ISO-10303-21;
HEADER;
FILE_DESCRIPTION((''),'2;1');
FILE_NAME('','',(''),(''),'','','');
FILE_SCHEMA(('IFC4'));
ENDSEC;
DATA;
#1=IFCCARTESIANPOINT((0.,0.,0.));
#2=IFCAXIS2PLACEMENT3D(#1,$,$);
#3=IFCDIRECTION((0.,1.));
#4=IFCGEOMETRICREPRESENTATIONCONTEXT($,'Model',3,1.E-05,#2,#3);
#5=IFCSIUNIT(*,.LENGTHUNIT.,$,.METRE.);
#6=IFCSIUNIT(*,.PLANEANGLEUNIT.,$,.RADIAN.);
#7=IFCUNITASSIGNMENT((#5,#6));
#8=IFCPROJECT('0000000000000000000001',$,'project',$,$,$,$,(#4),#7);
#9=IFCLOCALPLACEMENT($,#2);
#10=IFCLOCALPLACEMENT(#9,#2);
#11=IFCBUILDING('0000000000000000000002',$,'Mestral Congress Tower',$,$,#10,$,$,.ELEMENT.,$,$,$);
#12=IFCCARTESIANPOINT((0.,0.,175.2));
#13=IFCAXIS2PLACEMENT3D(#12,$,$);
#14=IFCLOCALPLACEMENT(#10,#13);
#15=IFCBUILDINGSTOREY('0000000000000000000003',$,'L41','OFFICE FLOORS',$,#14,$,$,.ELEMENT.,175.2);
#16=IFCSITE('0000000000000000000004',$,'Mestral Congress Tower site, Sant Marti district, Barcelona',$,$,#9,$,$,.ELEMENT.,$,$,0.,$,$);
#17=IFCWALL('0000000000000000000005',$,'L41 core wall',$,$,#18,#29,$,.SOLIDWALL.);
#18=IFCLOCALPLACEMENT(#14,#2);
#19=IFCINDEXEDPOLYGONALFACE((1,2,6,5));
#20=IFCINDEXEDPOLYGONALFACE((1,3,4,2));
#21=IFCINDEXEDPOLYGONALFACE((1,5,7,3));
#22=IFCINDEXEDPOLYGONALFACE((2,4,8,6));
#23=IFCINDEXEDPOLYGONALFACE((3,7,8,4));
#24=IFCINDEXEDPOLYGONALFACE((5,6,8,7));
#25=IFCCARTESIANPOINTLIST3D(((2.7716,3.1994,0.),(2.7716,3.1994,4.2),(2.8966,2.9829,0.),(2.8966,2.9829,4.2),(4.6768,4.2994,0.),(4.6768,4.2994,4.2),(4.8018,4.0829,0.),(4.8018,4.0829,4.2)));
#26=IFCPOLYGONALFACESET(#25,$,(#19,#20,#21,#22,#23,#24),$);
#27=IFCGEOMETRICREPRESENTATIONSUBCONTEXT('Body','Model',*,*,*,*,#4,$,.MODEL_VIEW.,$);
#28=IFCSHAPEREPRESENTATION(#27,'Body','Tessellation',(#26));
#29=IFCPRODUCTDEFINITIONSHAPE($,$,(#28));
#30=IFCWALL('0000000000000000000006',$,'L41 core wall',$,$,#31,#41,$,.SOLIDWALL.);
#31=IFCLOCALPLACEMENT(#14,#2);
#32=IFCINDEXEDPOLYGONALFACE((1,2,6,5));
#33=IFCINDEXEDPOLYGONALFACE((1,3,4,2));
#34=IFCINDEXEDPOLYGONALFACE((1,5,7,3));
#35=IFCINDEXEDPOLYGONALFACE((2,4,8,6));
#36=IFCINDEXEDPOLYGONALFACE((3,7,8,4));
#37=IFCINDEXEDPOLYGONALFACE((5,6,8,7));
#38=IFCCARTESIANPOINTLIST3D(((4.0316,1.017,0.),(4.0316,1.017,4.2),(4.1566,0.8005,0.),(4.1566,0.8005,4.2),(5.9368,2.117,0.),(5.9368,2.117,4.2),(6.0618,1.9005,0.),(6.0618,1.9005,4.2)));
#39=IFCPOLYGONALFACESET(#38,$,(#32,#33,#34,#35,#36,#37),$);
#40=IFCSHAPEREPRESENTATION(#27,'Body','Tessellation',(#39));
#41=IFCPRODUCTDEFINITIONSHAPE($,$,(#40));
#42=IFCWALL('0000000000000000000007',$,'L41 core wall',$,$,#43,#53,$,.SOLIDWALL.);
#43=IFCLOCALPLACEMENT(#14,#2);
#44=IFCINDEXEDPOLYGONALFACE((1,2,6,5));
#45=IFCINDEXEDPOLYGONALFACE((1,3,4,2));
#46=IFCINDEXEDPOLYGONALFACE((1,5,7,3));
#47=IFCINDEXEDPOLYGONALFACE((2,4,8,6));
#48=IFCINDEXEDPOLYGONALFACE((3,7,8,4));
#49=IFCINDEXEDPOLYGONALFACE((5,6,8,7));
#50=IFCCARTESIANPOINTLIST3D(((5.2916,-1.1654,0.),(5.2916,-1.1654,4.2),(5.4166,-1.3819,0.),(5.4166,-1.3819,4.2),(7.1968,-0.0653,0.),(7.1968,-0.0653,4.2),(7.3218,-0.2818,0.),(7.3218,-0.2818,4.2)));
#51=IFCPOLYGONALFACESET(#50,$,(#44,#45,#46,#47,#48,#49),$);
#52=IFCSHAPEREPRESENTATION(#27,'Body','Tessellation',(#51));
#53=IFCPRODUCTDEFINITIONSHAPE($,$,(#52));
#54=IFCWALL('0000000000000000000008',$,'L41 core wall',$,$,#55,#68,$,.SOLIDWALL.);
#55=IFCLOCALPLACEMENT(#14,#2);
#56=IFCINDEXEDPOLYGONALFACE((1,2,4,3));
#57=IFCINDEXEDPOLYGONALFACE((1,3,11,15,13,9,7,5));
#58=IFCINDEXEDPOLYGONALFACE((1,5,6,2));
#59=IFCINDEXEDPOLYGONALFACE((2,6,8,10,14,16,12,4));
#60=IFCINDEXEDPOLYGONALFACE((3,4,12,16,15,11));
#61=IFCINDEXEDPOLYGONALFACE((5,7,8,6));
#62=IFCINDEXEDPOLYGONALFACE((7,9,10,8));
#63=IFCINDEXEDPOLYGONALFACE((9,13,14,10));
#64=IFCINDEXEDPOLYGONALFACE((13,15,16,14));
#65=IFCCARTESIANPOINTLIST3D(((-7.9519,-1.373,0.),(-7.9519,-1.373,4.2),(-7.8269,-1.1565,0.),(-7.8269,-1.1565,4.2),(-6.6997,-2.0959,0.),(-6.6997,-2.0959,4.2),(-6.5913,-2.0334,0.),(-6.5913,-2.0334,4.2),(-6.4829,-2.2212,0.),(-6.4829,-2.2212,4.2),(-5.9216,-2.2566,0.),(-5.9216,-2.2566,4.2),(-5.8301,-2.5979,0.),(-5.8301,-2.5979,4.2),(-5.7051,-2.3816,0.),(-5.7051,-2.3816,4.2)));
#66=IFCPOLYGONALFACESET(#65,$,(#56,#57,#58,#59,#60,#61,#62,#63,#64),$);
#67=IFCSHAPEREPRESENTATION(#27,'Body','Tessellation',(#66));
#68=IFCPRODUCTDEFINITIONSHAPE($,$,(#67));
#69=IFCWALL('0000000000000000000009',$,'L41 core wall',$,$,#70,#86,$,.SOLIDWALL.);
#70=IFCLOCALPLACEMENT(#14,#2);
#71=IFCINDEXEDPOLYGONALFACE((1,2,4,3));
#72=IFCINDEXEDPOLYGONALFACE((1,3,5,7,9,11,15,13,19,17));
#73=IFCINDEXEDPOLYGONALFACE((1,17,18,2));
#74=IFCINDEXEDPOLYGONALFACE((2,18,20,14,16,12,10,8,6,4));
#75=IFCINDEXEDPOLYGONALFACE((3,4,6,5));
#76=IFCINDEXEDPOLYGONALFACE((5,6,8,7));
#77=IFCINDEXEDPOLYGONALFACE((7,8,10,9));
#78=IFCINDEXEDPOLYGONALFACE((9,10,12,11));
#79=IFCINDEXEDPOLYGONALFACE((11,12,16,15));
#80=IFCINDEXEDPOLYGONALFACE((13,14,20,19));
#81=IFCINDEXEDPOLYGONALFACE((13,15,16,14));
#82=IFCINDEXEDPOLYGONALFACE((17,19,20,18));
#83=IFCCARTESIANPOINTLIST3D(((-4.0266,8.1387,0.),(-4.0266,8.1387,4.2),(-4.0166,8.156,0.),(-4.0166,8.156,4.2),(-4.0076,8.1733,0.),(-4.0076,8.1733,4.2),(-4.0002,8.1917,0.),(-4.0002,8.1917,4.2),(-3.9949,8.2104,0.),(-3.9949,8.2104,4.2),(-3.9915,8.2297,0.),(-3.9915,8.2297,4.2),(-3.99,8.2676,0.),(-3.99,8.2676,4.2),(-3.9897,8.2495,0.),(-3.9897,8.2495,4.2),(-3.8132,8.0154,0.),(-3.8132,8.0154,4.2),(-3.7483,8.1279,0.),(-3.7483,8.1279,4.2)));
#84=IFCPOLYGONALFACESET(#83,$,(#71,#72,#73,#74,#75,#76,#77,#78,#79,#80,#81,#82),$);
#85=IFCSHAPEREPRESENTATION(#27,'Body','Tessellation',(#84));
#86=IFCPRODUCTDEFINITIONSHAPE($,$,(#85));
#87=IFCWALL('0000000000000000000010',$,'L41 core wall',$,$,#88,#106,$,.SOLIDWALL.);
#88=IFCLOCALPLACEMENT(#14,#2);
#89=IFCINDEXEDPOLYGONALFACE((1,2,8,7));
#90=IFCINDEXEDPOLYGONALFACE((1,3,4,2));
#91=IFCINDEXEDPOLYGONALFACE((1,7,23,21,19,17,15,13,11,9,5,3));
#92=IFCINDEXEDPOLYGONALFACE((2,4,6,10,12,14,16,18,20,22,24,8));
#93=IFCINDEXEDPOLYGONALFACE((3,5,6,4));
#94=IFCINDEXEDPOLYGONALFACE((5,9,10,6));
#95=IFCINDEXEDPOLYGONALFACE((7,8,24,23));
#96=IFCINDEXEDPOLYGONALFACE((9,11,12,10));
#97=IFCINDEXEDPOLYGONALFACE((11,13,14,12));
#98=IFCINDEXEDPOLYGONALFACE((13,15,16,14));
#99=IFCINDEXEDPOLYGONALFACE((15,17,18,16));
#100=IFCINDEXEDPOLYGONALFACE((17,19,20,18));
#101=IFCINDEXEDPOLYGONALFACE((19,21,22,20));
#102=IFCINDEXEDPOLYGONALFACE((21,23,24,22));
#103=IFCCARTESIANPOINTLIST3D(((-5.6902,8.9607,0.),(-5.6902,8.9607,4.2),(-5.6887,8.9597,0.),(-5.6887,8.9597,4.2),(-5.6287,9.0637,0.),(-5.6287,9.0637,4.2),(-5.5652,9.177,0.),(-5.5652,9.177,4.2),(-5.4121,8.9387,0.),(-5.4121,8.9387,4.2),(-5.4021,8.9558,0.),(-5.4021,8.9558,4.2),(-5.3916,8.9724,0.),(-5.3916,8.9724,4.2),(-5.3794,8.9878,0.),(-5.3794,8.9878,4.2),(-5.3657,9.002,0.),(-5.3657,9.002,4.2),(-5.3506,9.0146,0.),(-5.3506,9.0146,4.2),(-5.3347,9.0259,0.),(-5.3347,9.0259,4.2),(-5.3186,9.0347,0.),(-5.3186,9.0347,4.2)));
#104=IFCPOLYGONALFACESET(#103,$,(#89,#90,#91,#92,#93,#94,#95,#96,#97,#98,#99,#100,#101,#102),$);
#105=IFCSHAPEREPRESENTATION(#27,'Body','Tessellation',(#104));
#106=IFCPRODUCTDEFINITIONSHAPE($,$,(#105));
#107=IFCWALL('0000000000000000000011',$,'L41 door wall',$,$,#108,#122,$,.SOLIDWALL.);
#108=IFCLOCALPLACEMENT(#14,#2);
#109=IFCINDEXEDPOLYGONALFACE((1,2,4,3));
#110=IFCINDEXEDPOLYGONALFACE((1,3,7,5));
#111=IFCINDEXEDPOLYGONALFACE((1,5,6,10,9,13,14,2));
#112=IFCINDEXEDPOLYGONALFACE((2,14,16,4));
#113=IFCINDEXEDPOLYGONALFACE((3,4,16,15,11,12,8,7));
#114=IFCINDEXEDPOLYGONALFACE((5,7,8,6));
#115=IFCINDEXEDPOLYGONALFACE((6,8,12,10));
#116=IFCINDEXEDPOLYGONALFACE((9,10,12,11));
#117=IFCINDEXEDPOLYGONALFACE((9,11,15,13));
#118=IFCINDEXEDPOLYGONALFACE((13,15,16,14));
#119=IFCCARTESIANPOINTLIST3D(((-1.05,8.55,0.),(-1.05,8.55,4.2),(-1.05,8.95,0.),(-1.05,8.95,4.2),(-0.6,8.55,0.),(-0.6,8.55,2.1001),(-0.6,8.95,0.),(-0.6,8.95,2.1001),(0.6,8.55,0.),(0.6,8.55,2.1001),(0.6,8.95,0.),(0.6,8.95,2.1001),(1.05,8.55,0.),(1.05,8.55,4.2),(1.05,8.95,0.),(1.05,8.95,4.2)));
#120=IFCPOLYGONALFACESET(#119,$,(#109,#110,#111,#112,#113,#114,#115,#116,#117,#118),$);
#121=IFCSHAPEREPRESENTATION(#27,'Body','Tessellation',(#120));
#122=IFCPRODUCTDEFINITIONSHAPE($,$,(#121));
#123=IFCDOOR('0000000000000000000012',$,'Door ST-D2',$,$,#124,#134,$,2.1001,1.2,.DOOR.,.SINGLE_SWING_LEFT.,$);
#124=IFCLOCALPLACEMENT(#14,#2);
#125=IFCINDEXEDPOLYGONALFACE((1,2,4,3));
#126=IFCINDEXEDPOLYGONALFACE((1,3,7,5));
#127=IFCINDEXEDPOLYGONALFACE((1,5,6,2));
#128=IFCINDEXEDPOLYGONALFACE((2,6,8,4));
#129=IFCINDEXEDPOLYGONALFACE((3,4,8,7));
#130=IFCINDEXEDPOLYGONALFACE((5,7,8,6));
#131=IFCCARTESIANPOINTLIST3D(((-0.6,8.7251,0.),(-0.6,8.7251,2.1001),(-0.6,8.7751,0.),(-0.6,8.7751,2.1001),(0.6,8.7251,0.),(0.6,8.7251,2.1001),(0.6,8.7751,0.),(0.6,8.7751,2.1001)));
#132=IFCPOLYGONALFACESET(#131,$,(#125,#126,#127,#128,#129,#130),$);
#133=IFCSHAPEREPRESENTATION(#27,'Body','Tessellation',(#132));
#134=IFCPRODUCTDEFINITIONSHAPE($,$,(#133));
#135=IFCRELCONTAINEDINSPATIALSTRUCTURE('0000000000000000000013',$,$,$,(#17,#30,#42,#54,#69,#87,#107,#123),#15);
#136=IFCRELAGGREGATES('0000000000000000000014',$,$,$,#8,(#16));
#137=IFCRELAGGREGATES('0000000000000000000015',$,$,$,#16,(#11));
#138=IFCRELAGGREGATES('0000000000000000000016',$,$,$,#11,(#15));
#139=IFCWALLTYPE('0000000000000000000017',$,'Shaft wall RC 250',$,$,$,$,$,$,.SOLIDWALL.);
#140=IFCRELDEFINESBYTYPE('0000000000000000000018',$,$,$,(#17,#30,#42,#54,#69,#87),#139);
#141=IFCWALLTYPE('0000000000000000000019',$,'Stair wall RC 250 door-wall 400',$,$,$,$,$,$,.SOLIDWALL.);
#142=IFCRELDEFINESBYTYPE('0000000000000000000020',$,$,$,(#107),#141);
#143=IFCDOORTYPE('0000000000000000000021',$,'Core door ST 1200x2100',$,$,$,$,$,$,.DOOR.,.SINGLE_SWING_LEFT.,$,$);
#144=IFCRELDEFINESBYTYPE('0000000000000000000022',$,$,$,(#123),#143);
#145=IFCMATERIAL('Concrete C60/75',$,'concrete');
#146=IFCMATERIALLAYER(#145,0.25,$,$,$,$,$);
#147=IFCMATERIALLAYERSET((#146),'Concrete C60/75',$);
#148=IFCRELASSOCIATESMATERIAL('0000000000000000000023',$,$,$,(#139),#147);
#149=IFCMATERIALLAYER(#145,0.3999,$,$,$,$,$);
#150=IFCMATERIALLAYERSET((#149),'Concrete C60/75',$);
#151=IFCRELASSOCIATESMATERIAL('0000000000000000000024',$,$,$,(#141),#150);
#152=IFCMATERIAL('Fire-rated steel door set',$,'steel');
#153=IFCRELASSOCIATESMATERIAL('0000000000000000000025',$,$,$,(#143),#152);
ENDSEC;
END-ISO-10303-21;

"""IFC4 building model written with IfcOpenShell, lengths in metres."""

from ifc_helpers import new_model, si_unit, direction, frame, frame_2d, origin, place, context, subcontext, project, spatial, polyline, rectangle, outline, extrude, material, layer, layer_set, type_object, element, fill, save


model = new_model("IFC4")

# Units and contexts
model_context = context("Model", 3, precision=1e-05, world=origin(), true_north=direction((0.0, 1.0)))
body_context = subcontext(model_context, "Body", "Model", "MODEL_VIEW")
ifc_project = project(units=[si_unit("LENGTHUNIT", "METRE"), si_unit("PLANEANGLEUNIT", "RADIAN")], contexts=[model_context])

# Site, building, storey
site_placement = place(None, origin())
site = spatial("IfcSite", under=ifc_project, at=site_placement, Name="Mestral Congress Tower site, Sant Marti district, Barcelona", CompositionType="ELEMENT", RefElevation=0.0)
building_placement = place(site_placement, origin())
building = spatial("IfcBuilding", under=site, at=building_placement, Name="Mestral Congress Tower", CompositionType="ELEMENT")
storey_placement = place(building_placement, frame((0.0, 0.0, 175.2)))
storey = spatial("IfcBuildingStorey", under=building, at=storey_placement, Name="L41", Description="OFFICE FLOORS", CompositionType="ELEMENT", Elevation=175.2)

# Shared definitions
ifc_material_1 = material(Name="Fire-rated steel door set", Category="steel")

# Walls
ifc_material_2 = material(Name="Concrete C60/75", Category="concrete")
placement = place(storey_placement, origin())
ifc_layer_1 = layer(ifc_material_2, 0.25)
ifc_layer_set_1 = layer_set([ifc_layer_1], Name="Concrete C60/75")
wall_type_1 = type_object("IfcWallType", Name="Shaft wall RC 250", PredefinedType="SOLIDWALL", material=ifc_layer_set_1)
for number, where, z_axis, x_axis, name in (
    (1, (2.834, 3.0911, 0.0), (0.0, 0.0, 1.0), (0.866008, 0.50003, 0.0), "L41 core wall"),
    (2, (4.094, 0.9087, 0.0), (0.0, 0.0, 1.0), (0.866008, 0.50003, 0.0), "L41 core wall"),
    (3, (5.354, -1.2737, 0.0), (0.0, 0.0, 1.0), (0.866008, 0.50003, 0.0), "L41 core wall"),
):
    element("IfcWall", number, at=place(storey_placement, frame(where, z_axis=z_axis, x_axis=x_axis)), inside=storey, type_object=wall_type_1, Name=name, PredefinedType="SOLIDWALL", context=body_context, shape_type="SweptSolid", body=[
        extrude(rectangle(XDim=2.2, YDim=0.25, at=frame_2d((1.1001, 0.0))), origin(), (0.0, 0.0, 1.0), 4.2),
    ])
element("IfcWall", 4, at=placement, inside=storey, type_object=wall_type_1, Name="L41 core wall", PredefinedType="SOLIDWALL", context=body_context, shape_type="SweptSolid", body=[
    extrude(outline(polyline([(-5.9216, -2.2566), (-5.9216, -2.2566), (-5.7051, -2.3816), (-5.8301, -2.5979), (-6.4829, -2.2212), (-6.5913, -2.0334), (-6.5913, -2.0334), (-6.6997, -2.0959), (-7.9519, -1.373), (-7.8269, -1.1565), (-5.9216, -2.2566)])), origin(), (0.0, 0.0, 1.0), 4.2),
])
element("IfcWall", 5, at=placement, inside=storey, type_object=wall_type_1, Name="L41 core wall", PredefinedType="SOLIDWALL", context=body_context, shape_type="SweptSolid", body=[
    extrude(outline(polyline([(-3.7483, 8.1279), (-3.8132, 8.0154), (-4.0266, 8.1387), (-4.0166, 8.156), (-4.0076, 8.1733), (-4.0002, 8.1917), (-3.9949, 8.2104), (-3.9915, 8.2297), (-3.9897, 8.2495), (-3.99, 8.2676), (-3.7483, 8.1279)])), origin(), (0.0, 0.0, 1.0), 4.2),
])
element("IfcWall", 6, at=placement, inside=storey, type_object=wall_type_1, Name="L41 core wall", PredefinedType="SOLIDWALL", context=body_context, shape_type="SweptSolid", body=[
    extrude(outline(polyline([(-5.6887, 8.9597), (-5.6902, 8.9607), (-5.5652, 9.177), (-5.3186, 9.0347), (-5.3347, 9.0259), (-5.3506, 9.0146), (-5.3657, 9.002), (-5.3794, 8.9878), (-5.3916, 8.9724), (-5.4021, 8.9558), (-5.4121, 8.9387), (-5.6287, 9.0637), (-5.6287, 9.0637), (-5.6887, 8.9597)])), origin(), (0.0, 0.0, 1.0), 4.2),
])

# Wall, opening, door
ifc_layer_2 = layer(ifc_material_2, 0.3999)
ifc_layer_set_2 = layer_set([ifc_layer_2], Name="Concrete C60/75")
wall_type_2 = type_object("IfcWallType", Name="Stair wall RC 250 door-wall 400", PredefinedType="SOLIDWALL", material=ifc_layer_set_2)
wall_1_placement = place(storey_placement, frame((1.05, 8.75, 0.0), z_axis=(0.0, 0.0, 1.0), x_axis=(-1.0, 0.0, 0.0)))
wall_1 = element("IfcWall", 7, at=wall_1_placement, inside=storey, type_object=wall_type_2, Name="L41 door wall", PredefinedType="SOLIDWALL", context=body_context, shape_type="SweptSolid", body=[
    extrude(rectangle(XDim=2.1001, YDim=0.3999, at=frame_2d((1.05, 0.0))), origin(), (0.0, 0.0, 1.0), 4.2),
])
opening_1_placement = place(wall_1_placement, frame((0.45, 0.0, 0.0)))
opening_1 = element("IfcOpeningElement", 8, at=opening_1_placement, cuts=wall_1, PredefinedType="OPENING", context=body_context, shape_type="SweptSolid", body=[
    extrude(rectangle(XDim=1.2, YDim=2.1001, at=frame_2d((0.6001, 1.05))), frame((0.0, 0.21, 0.0), z_axis=(0.0, -1.0, 0.0), x_axis=(1.0, 0.0, 0.0)), (0.0, 0.0, 1.0), 0.4199),
])
door_type_1 = type_object("IfcDoorType", Name="Core door ST 1200x2100", OperationType="SINGLE_SWING_LEFT", PredefinedType="DOOR", material=ifc_material_1)
door_1_placement = place(opening_1_placement, origin())
door_1 = element("IfcDoor", 9, at=door_1_placement, inside=storey, type_object=door_type_1, Name="Door ST-D2", OperationType="SINGLE_SWING_LEFT", OverallHeight=2.1001, OverallWidth=1.2, PredefinedType="DOOR", context=body_context, shape_type="SweptSolid", body=[
    extrude(rectangle(XDim=1.2, YDim=2.1001, at=frame_2d((0.6001, 1.05))), frame((0.0, 0.0249, 0.0), z_axis=(0.0, -1.0, 0.0), x_axis=(1.0, 0.0, 0.0)), (0.0, 0.0, 1.0), 0.05),
])
fill(opening_1, door_1)

save(model, "model.ifc")
